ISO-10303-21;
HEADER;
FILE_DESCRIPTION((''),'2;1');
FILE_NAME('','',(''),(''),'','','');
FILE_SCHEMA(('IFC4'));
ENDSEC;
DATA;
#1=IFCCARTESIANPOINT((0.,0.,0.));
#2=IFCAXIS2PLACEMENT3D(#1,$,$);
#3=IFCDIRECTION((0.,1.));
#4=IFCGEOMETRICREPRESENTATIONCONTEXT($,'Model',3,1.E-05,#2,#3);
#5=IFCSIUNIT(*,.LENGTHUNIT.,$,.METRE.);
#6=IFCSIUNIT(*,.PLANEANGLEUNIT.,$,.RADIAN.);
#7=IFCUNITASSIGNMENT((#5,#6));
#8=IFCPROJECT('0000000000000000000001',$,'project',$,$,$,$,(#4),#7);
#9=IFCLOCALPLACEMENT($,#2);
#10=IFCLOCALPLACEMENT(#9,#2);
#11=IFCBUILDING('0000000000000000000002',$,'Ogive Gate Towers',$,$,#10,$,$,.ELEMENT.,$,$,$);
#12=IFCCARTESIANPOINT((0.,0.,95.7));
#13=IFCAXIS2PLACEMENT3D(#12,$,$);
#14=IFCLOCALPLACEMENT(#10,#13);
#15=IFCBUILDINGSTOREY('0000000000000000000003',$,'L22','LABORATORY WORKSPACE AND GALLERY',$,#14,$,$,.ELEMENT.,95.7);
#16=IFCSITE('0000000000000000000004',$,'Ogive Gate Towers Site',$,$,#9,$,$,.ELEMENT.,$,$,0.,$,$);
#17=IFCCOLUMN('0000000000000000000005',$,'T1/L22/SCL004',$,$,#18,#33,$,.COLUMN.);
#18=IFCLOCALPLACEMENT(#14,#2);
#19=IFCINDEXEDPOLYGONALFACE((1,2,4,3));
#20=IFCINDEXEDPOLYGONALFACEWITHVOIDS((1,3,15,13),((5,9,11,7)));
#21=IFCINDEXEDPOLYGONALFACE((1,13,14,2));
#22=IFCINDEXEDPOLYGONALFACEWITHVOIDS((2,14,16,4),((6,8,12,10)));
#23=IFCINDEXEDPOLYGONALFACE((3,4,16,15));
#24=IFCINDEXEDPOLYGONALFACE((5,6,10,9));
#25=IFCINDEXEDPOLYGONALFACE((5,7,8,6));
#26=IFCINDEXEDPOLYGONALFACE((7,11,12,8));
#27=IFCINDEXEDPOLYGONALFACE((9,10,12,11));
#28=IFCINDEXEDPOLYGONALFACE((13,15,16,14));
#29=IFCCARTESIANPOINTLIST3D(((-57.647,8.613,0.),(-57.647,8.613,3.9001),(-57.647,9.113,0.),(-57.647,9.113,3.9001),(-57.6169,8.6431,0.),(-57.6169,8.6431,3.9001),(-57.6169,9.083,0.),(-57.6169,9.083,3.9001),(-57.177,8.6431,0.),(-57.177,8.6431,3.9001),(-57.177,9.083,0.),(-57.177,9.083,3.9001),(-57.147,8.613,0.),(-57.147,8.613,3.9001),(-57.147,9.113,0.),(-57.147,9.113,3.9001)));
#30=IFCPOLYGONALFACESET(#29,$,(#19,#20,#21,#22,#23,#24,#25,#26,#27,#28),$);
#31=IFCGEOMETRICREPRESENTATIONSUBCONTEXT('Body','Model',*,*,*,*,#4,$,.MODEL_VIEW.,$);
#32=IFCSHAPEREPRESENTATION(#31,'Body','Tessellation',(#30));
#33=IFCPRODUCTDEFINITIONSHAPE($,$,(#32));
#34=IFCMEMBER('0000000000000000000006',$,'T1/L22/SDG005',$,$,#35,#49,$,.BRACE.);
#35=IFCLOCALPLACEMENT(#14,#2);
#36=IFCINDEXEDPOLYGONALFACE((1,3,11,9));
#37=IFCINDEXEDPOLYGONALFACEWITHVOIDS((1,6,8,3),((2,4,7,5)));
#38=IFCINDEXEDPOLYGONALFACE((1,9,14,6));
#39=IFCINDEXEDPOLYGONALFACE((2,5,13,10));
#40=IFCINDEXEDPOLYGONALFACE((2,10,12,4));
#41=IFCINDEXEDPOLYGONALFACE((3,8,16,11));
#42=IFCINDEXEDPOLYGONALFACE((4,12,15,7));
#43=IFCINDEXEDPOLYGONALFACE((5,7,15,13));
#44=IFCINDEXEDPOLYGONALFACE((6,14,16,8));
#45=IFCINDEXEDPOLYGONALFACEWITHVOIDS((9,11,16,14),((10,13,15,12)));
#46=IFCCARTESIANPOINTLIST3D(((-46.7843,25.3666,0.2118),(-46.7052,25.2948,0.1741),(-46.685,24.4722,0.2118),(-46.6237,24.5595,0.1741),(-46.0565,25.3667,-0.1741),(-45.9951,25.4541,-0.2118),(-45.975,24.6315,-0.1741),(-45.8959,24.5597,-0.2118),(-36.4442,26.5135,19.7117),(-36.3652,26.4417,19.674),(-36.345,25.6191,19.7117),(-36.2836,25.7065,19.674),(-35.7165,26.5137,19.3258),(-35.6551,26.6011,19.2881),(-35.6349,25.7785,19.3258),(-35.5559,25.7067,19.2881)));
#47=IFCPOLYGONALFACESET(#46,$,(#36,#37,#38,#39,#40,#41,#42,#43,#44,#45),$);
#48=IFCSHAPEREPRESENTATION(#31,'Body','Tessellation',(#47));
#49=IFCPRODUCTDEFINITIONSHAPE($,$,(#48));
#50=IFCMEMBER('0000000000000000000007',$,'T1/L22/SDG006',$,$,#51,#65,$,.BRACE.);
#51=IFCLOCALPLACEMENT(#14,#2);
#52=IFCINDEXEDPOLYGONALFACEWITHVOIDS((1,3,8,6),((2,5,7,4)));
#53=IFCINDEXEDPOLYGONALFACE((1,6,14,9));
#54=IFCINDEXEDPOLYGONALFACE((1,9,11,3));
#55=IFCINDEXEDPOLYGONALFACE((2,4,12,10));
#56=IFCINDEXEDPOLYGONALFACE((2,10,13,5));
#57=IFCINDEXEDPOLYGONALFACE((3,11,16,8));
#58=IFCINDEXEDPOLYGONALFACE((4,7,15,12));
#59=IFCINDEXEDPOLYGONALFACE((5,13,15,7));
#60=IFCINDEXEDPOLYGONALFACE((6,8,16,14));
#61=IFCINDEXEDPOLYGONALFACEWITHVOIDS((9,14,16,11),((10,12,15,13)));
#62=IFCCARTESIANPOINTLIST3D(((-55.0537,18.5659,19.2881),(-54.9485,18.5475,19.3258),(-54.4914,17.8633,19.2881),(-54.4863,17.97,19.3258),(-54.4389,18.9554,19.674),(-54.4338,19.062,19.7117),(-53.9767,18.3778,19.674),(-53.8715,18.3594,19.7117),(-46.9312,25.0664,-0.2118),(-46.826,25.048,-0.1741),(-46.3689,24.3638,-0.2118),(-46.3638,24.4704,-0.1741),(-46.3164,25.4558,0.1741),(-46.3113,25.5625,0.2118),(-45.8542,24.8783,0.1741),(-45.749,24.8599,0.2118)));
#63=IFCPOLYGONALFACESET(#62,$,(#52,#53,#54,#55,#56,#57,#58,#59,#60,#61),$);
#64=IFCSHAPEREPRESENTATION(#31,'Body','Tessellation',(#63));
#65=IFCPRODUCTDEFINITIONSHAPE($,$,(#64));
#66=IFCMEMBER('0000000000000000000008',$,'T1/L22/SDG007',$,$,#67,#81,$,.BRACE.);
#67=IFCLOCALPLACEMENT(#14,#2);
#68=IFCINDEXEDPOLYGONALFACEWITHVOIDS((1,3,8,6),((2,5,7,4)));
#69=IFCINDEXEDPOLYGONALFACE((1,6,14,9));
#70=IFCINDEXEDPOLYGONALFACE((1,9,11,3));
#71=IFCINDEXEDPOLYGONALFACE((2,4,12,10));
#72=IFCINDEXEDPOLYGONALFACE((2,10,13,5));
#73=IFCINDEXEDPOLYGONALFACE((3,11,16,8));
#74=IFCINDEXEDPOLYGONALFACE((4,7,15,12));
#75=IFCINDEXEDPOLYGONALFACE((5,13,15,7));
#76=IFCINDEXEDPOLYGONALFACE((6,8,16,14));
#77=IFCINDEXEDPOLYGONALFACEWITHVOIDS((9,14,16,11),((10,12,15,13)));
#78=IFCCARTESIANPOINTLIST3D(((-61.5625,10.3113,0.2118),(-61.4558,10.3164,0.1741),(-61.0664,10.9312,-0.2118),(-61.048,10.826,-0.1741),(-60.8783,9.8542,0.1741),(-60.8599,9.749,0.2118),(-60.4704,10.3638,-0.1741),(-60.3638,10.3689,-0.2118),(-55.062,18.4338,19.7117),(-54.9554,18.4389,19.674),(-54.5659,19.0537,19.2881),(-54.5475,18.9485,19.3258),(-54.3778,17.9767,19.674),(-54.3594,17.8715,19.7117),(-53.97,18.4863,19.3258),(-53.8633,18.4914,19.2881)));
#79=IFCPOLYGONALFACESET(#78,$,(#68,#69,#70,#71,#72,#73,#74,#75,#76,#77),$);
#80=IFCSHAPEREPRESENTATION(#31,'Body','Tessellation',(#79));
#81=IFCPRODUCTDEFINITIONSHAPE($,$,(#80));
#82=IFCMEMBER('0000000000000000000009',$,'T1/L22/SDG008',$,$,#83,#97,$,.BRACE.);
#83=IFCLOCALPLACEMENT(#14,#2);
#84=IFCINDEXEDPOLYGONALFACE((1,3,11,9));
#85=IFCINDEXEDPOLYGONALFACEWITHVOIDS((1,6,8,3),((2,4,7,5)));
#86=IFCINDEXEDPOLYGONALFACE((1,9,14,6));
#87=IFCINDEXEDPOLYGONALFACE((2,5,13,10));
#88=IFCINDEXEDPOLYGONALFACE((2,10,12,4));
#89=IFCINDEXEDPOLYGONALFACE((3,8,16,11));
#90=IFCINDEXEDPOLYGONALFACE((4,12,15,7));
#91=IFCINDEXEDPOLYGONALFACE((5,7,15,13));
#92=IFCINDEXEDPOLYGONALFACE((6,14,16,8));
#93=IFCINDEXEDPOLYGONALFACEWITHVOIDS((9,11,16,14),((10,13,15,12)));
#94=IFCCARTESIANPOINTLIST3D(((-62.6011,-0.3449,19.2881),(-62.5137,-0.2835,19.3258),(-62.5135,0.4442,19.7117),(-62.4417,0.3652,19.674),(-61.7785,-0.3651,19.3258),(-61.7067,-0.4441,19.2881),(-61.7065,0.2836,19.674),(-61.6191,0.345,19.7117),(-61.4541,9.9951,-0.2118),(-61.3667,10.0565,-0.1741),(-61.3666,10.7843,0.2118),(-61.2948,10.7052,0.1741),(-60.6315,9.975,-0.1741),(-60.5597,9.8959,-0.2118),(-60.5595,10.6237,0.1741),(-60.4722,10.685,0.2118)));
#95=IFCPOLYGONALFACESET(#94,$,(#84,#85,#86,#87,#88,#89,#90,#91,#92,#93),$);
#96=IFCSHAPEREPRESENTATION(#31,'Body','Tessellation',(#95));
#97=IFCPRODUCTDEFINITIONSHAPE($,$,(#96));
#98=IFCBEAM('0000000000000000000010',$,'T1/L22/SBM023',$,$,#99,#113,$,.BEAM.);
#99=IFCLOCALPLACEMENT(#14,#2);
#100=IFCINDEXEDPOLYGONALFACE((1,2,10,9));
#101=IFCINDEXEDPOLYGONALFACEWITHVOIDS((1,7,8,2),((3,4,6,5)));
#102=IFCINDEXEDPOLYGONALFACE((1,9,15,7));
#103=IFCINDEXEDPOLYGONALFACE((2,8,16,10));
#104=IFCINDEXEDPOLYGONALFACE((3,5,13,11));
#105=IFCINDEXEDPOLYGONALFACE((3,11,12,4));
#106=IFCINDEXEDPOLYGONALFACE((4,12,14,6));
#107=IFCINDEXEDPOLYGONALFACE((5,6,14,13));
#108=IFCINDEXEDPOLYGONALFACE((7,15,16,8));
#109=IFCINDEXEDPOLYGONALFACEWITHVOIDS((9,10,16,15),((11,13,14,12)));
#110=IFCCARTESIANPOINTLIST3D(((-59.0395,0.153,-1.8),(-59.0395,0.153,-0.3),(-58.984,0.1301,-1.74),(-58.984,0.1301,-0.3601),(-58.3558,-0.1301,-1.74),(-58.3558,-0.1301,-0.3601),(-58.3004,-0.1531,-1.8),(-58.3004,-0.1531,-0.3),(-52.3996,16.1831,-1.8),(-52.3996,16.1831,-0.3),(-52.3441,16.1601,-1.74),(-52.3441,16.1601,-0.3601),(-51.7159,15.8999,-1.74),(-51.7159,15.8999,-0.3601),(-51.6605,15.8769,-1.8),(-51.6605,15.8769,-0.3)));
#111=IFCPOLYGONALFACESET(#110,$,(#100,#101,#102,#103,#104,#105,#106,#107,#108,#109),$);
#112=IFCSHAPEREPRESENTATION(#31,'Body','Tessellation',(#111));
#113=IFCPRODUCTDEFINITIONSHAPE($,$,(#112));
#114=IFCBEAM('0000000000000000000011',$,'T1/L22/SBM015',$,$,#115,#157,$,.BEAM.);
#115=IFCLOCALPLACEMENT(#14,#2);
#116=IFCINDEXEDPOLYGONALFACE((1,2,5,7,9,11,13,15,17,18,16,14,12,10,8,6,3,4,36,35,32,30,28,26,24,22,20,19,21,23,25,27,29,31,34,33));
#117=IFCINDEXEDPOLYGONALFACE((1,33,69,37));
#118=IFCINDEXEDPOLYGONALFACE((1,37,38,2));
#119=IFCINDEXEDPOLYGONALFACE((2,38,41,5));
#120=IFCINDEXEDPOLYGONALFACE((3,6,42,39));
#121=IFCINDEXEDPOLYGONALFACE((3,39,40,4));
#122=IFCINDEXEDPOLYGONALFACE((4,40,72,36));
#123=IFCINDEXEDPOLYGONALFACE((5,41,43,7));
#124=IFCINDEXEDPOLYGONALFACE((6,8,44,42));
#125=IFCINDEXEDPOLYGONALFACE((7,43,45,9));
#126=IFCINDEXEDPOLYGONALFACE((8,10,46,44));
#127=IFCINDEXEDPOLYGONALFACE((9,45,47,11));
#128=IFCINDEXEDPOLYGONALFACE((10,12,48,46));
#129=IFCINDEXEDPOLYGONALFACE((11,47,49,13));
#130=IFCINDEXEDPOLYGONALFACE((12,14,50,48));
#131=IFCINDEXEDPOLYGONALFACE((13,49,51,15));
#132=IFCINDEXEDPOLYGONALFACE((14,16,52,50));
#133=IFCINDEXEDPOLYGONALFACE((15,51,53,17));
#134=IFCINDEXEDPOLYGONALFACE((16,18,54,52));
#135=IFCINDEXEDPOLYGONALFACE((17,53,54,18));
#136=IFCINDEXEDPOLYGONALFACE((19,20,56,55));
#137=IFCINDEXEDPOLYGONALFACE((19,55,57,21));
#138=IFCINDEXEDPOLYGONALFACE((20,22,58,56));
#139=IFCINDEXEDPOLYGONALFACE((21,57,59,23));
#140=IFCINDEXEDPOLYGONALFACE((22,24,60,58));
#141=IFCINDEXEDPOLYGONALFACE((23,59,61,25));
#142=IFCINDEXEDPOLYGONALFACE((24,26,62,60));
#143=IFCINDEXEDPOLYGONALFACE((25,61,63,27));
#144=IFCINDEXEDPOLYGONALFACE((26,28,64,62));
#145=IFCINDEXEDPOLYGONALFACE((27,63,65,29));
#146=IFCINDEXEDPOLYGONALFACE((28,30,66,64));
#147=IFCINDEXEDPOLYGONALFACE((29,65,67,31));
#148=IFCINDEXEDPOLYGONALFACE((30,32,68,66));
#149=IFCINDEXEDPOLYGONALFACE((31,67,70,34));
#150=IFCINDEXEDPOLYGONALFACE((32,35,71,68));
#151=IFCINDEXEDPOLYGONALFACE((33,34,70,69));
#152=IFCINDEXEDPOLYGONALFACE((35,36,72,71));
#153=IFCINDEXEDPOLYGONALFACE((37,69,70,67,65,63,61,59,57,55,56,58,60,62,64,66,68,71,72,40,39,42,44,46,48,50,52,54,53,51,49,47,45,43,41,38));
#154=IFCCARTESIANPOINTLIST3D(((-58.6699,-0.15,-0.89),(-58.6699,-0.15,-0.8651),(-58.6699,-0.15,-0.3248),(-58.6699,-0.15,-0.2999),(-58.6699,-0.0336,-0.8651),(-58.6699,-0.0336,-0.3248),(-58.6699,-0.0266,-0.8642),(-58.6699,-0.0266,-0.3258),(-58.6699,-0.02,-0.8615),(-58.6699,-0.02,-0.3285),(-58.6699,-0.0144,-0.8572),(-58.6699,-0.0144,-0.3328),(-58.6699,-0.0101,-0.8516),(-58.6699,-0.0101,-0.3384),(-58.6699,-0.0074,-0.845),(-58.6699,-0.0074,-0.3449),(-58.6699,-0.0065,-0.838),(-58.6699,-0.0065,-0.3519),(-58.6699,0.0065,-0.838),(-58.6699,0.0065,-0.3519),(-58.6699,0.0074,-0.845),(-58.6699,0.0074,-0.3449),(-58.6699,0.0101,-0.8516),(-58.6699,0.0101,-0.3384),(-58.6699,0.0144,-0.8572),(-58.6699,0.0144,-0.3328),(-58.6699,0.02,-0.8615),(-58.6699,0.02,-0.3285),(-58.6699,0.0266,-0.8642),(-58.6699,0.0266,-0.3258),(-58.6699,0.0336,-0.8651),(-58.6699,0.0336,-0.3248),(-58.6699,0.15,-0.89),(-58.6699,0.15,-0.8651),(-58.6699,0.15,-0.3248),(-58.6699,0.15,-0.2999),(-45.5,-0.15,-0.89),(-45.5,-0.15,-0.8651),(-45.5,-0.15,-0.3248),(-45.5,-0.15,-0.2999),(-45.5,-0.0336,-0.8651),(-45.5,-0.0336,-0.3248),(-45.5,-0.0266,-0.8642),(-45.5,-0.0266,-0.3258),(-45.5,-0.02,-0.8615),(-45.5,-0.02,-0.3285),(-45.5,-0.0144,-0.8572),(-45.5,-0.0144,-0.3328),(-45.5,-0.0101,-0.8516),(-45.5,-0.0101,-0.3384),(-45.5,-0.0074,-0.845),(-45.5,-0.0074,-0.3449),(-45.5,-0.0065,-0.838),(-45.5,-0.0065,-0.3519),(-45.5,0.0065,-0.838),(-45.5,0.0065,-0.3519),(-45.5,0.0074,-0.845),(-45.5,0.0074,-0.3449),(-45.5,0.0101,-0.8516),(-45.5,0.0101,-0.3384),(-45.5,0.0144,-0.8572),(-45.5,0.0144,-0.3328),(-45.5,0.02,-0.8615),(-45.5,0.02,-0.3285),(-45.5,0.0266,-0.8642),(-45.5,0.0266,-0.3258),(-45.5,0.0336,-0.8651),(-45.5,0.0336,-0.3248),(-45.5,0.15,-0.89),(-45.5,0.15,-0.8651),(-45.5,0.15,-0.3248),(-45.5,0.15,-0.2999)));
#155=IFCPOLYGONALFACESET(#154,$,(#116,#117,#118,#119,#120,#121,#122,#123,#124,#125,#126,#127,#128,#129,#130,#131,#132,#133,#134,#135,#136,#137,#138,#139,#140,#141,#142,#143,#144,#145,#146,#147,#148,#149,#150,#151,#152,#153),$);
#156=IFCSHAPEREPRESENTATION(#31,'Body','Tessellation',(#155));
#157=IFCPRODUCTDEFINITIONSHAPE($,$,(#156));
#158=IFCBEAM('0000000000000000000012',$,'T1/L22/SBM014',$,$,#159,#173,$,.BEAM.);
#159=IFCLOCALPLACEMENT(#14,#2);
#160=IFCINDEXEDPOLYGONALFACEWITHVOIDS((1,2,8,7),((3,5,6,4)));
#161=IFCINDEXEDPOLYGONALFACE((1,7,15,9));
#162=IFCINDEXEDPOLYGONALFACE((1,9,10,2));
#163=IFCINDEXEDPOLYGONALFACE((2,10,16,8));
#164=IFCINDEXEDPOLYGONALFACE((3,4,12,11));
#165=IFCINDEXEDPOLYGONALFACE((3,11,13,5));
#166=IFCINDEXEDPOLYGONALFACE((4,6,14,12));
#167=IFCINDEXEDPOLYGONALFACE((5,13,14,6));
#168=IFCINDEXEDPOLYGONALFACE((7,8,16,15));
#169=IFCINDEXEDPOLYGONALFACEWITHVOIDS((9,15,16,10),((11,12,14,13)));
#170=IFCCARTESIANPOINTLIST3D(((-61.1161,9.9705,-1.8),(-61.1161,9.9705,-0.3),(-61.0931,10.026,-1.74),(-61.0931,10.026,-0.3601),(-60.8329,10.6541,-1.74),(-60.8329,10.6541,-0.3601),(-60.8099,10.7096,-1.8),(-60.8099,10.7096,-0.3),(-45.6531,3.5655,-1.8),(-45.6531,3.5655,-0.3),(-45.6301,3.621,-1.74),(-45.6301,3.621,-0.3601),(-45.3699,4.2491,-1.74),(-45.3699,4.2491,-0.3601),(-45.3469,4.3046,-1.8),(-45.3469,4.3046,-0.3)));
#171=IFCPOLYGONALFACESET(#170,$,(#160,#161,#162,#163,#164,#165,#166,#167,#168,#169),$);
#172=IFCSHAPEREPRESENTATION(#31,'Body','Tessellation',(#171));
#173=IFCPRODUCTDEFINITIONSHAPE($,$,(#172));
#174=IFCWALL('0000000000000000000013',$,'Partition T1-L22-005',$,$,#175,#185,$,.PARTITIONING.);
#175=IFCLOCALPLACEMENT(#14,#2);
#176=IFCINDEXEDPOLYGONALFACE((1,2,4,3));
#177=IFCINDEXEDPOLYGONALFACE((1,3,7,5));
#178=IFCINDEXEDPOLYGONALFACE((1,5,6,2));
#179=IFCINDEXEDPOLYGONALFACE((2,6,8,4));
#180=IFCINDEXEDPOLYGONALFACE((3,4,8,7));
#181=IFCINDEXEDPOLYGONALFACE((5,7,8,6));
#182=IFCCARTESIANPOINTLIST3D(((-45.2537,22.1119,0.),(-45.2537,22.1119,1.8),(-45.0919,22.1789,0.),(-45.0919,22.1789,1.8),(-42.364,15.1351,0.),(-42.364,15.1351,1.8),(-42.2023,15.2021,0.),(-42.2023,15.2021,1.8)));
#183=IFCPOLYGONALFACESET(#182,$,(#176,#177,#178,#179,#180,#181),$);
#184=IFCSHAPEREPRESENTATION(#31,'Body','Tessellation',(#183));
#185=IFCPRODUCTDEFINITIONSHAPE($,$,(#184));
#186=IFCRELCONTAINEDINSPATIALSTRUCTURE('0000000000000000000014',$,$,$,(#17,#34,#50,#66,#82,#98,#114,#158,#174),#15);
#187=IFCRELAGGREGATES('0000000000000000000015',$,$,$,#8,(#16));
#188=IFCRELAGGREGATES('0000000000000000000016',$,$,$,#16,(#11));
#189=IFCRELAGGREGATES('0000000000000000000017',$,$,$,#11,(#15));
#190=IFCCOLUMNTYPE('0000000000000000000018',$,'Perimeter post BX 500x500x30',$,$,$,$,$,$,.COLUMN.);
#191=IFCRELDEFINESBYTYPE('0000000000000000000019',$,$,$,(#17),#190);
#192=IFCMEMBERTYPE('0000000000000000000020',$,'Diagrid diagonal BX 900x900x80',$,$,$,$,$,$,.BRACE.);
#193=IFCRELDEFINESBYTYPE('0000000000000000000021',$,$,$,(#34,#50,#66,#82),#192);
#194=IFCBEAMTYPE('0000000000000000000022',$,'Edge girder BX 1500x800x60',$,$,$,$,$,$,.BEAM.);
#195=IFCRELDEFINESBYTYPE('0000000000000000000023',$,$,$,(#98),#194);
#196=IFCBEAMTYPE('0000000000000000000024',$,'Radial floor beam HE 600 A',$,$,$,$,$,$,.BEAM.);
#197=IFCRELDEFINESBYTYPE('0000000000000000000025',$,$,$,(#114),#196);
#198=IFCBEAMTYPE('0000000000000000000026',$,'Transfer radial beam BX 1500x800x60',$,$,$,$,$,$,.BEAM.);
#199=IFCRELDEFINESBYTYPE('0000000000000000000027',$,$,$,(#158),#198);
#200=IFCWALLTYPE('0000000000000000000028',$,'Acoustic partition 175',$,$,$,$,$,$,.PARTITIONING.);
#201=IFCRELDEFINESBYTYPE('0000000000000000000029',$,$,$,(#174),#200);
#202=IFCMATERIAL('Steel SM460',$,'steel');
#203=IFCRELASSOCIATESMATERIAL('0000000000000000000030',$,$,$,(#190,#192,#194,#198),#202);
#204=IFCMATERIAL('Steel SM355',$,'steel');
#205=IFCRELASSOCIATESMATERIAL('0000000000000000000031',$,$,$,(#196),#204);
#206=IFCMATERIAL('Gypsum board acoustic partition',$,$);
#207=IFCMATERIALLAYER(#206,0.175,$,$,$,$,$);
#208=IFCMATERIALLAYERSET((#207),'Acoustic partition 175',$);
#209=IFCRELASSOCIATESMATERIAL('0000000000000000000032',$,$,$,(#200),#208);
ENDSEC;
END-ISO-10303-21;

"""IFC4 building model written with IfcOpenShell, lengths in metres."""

from ifc_helpers import new_model, si_unit, direction, frame, frame_2d, origin, origin_2d, place, context, subcontext, project, spatial, rectangle, hollow_rectangle, i_section, extrude, material, layer, layer_set, material_profile, profile_set, type_object, element, save


model = new_model("IFC4")

# Units and contexts
model_context = context("Model", 3, precision=1e-05, world=origin(), true_north=direction((0.0, 1.0)))
body_context = subcontext(model_context, "Body", "Model", "MODEL_VIEW")
ifc_project = project(units=[si_unit("LENGTHUNIT", "METRE"), si_unit("PLANEANGLEUNIT", "RADIAN")], contexts=[model_context])

# Site, building, storey
site_placement = place(None, origin())
site = spatial("IfcSite", under=ifc_project, at=site_placement, Name="Ogive Gate Towers Site", CompositionType="ELEMENT", RefElevation=0.0)
building_placement = place(site_placement, origin())
building = spatial("IfcBuilding", under=site, at=building_placement, Name="Ogive Gate Towers", CompositionType="ELEMENT")
storey_placement = place(building_placement, frame((0.0, 0.0, 95.7)))
storey = spatial("IfcBuildingStorey", under=building, at=storey_placement, Name="L22", Description="LABORATORY WORKSPACE AND GALLERY", CompositionType="ELEMENT", Elevation=95.7)

# Column
ifc_material_1 = material(Name="Steel SM460", Category="steel")
ifc_material_profile_1 = material_profile(ifc_material_1, hollow_rectangle(XDim=0.5, YDim=0.5, WallThickness=0.03, at=origin_2d()), Name="BX 500x500x30")
ifc_profile_set_1 = profile_set([ifc_material_profile_1], Name="Steel SM460")
column_type = type_object("IfcColumnType", Name="Perimeter post BX 500x500x30", PredefinedType="COLUMN", material=ifc_profile_set_1)
column_placement = place(storey_placement, frame((-57.397, 8.863, 0.0), z_axis=(0.0, 0.0, 1.0), x_axis=(1.0, 0.0, 0.0)))
element("IfcColumn", 1, at=column_placement, inside=storey, type_object=column_type, Name="T1/L22/SCL004", PredefinedType="COLUMN", context=body_context, shape_type="SweptSolid", body=[
    extrude(hollow_rectangle(XDim=0.5, YDim=0.5, WallThickness=0.03, at=origin_2d()), origin(), (0.0, 0.0, 1.0), 3.9001),
])

# Members
ifc_material_profile_2 = material_profile(ifc_material_1, hollow_rectangle(XDim=0.8999, YDim=0.8999, WallThickness=0.0801, at=origin_2d()), Name="BX 900x900x80")
ifc_profile_set_2 = profile_set([ifc_material_profile_2], Name="Steel SM460")
member_type = type_object("IfcMemberType", Name="Diagrid diagonal BX 900x900x80", PredefinedType="BRACE", material=ifc_profile_set_2)
for number, where, z_axis, x_axis, name in (
    (2, (-46.3401, 24.9631, 0.0), (0.467842, 0.051895, 0.882287), (-0.110249, 0.993904, 0.0), "T1/L22/SDG005"),
    (3, (-46.3401, 24.9631, 0.0), (-0.367509, -0.294118, 0.882288), (0.624838, -0.780754, 0.0), "T1/L22/SDG006"),
    (4, (-60.9631, 10.3401, 0.0), (0.294118, 0.367509, 0.882288), (-0.780754, 0.624838, 0.0), "T1/L22/SDG007"),
    (5, (-60.9631, 10.3401, 0.0), (-0.051895, -0.467842, 0.882287), (0.993904, -0.110249, 0.0), "T1/L22/SDG008"),
):
    element("IfcMember", number, at=place(storey_placement, frame(where, z_axis=z_axis, x_axis=x_axis)), inside=storey, type_object=member_type, Name=name, PredefinedType="BRACE", context=body_context, shape_type="SweptSolid", body=[
        extrude(hollow_rectangle(XDim=0.8999, YDim=0.8999, WallThickness=0.0801, at=origin_2d()), origin(), (0.0, 0.0, 1.0), 22.1016),
    ])

# Beams
ifc_material_profile_3 = material_profile(ifc_material_1, hollow_rectangle(XDim=0.8, YDim=1.5, WallThickness=0.0601, at=origin_2d()), Name="BX 1500x800x60")
ifc_profile_set_3 = profile_set([ifc_material_profile_3], Name="Steel SM460")
beam_type_1 = type_object("IfcBeamType", Name="Edge girder BX 1500x800x60", PredefinedType="BEAM", material=ifc_profile_set_3)
beam_1_placement = place(storey_placement, frame((-52.03, 16.03, -1.05), z_axis=(-0.382685, -0.923879, 0.0), x_axis=(0.923879, -0.382685, 0.0)))
element("IfcBeam", 6, at=beam_1_placement, inside=storey, type_object=beam_type_1, Name="T1/L22/SBM023", PredefinedType="BEAM", context=body_context, shape_type="SweptSolid", body=[
    extrude(hollow_rectangle(XDim=0.8, YDim=1.5, WallThickness=0.0601, at=origin_2d()), origin(), (0.0, 0.0, 1.0), 17.3508),
])
ifc_material_2 = material(Name="Steel SM355", Category="steel")
ifc_material_profile_4 = material_profile(ifc_material_2, i_section(OverallWidth=0.3, OverallDepth=0.5901, WebThickness=0.0129, FlangeThickness=0.0249, FilletRadius=0.0271, at=origin_2d()), Name="HE 600 A")
ifc_profile_set_4 = profile_set([ifc_material_profile_4], Name="Steel SM355")
beam_type_2 = type_object("IfcBeamType", Name="Radial floor beam HE 600 A", PredefinedType="BEAM", material=ifc_profile_set_4)
beam_2_placement = place(storey_placement, frame((-45.5, 0.0, -0.595), z_axis=(-1.0, 0.0, 0.0), x_axis=(0.0, -1.0, 0.0)))
element("IfcBeam", 7, at=beam_2_placement, inside=storey, type_object=beam_type_2, Name="T1/L22/SBM015", PredefinedType="BEAM", context=body_context, shape_type="SweptSolid", body=[
    extrude(i_section(OverallWidth=0.3, OverallDepth=0.5901, WebThickness=0.0129, FlangeThickness=0.0249, FilletRadius=0.0271, at=origin_2d()), origin(), (0.0, 0.0, 1.0), 13.1699),
])
ifc_material_profile_5 = material_profile(ifc_material_1, hollow_rectangle(XDim=0.8, YDim=1.5, WallThickness=0.0601, at=origin_2d()), Name="BX 1500x800x60")
ifc_profile_set_5 = profile_set([ifc_material_profile_5], Name="Steel SM460")
beam_type_3 = type_object("IfcBeamType", Name="Transfer radial beam BX 1500x800x60", PredefinedType="BEAM", material=ifc_profile_set_5)
beam_3_placement = place(storey_placement, frame((-45.5, 3.9351, -1.05), z_axis=(-0.92388, 0.382683, 0.0), x_axis=(-0.382683, -0.92388, 0.0)))
element("IfcBeam", 8, at=beam_3_placement, inside=storey, type_object=beam_type_3, Name="T1/L22/SBM014", PredefinedType="BEAM", context=body_context, shape_type="SweptSolid", body=[
    extrude(hollow_rectangle(XDim=0.8, YDim=1.5, WallThickness=0.0601, at=origin_2d()), origin(), (0.0, 0.0, 1.0), 16.7371),
])

# Wall
ifc_material_3 = material(Name="Gypsum board acoustic partition")
ifc_layer_1 = layer(ifc_material_3, 0.175)
ifc_layer_set_1 = layer_set([ifc_layer_1], Name="Acoustic partition 175")
wall_type_1 = type_object("IfcWallType", Name="Acoustic partition 175", PredefinedType="PARTITIONING", material=ifc_layer_set_1)
wall_1_placement = place(storey_placement, frame((-45.1729, 22.1455, 0.0), z_axis=(0.0, 0.0, 1.0), x_axis=(0.382656, -0.923891, 0.0)))
element("IfcWall", 9, at=wall_1_placement, inside=storey, type_object=wall_type_1, Name="Partition T1-L22-005", PredefinedType="PARTITIONING", context=body_context, shape_type="SweptSolid", body=[
    extrude(rectangle(XDim=7.5515, YDim=0.175, at=frame_2d((3.7759, 0.0))), origin(), (0.0, 0.0, 1.0), 1.8),
])

save(model, "model.ifc")
